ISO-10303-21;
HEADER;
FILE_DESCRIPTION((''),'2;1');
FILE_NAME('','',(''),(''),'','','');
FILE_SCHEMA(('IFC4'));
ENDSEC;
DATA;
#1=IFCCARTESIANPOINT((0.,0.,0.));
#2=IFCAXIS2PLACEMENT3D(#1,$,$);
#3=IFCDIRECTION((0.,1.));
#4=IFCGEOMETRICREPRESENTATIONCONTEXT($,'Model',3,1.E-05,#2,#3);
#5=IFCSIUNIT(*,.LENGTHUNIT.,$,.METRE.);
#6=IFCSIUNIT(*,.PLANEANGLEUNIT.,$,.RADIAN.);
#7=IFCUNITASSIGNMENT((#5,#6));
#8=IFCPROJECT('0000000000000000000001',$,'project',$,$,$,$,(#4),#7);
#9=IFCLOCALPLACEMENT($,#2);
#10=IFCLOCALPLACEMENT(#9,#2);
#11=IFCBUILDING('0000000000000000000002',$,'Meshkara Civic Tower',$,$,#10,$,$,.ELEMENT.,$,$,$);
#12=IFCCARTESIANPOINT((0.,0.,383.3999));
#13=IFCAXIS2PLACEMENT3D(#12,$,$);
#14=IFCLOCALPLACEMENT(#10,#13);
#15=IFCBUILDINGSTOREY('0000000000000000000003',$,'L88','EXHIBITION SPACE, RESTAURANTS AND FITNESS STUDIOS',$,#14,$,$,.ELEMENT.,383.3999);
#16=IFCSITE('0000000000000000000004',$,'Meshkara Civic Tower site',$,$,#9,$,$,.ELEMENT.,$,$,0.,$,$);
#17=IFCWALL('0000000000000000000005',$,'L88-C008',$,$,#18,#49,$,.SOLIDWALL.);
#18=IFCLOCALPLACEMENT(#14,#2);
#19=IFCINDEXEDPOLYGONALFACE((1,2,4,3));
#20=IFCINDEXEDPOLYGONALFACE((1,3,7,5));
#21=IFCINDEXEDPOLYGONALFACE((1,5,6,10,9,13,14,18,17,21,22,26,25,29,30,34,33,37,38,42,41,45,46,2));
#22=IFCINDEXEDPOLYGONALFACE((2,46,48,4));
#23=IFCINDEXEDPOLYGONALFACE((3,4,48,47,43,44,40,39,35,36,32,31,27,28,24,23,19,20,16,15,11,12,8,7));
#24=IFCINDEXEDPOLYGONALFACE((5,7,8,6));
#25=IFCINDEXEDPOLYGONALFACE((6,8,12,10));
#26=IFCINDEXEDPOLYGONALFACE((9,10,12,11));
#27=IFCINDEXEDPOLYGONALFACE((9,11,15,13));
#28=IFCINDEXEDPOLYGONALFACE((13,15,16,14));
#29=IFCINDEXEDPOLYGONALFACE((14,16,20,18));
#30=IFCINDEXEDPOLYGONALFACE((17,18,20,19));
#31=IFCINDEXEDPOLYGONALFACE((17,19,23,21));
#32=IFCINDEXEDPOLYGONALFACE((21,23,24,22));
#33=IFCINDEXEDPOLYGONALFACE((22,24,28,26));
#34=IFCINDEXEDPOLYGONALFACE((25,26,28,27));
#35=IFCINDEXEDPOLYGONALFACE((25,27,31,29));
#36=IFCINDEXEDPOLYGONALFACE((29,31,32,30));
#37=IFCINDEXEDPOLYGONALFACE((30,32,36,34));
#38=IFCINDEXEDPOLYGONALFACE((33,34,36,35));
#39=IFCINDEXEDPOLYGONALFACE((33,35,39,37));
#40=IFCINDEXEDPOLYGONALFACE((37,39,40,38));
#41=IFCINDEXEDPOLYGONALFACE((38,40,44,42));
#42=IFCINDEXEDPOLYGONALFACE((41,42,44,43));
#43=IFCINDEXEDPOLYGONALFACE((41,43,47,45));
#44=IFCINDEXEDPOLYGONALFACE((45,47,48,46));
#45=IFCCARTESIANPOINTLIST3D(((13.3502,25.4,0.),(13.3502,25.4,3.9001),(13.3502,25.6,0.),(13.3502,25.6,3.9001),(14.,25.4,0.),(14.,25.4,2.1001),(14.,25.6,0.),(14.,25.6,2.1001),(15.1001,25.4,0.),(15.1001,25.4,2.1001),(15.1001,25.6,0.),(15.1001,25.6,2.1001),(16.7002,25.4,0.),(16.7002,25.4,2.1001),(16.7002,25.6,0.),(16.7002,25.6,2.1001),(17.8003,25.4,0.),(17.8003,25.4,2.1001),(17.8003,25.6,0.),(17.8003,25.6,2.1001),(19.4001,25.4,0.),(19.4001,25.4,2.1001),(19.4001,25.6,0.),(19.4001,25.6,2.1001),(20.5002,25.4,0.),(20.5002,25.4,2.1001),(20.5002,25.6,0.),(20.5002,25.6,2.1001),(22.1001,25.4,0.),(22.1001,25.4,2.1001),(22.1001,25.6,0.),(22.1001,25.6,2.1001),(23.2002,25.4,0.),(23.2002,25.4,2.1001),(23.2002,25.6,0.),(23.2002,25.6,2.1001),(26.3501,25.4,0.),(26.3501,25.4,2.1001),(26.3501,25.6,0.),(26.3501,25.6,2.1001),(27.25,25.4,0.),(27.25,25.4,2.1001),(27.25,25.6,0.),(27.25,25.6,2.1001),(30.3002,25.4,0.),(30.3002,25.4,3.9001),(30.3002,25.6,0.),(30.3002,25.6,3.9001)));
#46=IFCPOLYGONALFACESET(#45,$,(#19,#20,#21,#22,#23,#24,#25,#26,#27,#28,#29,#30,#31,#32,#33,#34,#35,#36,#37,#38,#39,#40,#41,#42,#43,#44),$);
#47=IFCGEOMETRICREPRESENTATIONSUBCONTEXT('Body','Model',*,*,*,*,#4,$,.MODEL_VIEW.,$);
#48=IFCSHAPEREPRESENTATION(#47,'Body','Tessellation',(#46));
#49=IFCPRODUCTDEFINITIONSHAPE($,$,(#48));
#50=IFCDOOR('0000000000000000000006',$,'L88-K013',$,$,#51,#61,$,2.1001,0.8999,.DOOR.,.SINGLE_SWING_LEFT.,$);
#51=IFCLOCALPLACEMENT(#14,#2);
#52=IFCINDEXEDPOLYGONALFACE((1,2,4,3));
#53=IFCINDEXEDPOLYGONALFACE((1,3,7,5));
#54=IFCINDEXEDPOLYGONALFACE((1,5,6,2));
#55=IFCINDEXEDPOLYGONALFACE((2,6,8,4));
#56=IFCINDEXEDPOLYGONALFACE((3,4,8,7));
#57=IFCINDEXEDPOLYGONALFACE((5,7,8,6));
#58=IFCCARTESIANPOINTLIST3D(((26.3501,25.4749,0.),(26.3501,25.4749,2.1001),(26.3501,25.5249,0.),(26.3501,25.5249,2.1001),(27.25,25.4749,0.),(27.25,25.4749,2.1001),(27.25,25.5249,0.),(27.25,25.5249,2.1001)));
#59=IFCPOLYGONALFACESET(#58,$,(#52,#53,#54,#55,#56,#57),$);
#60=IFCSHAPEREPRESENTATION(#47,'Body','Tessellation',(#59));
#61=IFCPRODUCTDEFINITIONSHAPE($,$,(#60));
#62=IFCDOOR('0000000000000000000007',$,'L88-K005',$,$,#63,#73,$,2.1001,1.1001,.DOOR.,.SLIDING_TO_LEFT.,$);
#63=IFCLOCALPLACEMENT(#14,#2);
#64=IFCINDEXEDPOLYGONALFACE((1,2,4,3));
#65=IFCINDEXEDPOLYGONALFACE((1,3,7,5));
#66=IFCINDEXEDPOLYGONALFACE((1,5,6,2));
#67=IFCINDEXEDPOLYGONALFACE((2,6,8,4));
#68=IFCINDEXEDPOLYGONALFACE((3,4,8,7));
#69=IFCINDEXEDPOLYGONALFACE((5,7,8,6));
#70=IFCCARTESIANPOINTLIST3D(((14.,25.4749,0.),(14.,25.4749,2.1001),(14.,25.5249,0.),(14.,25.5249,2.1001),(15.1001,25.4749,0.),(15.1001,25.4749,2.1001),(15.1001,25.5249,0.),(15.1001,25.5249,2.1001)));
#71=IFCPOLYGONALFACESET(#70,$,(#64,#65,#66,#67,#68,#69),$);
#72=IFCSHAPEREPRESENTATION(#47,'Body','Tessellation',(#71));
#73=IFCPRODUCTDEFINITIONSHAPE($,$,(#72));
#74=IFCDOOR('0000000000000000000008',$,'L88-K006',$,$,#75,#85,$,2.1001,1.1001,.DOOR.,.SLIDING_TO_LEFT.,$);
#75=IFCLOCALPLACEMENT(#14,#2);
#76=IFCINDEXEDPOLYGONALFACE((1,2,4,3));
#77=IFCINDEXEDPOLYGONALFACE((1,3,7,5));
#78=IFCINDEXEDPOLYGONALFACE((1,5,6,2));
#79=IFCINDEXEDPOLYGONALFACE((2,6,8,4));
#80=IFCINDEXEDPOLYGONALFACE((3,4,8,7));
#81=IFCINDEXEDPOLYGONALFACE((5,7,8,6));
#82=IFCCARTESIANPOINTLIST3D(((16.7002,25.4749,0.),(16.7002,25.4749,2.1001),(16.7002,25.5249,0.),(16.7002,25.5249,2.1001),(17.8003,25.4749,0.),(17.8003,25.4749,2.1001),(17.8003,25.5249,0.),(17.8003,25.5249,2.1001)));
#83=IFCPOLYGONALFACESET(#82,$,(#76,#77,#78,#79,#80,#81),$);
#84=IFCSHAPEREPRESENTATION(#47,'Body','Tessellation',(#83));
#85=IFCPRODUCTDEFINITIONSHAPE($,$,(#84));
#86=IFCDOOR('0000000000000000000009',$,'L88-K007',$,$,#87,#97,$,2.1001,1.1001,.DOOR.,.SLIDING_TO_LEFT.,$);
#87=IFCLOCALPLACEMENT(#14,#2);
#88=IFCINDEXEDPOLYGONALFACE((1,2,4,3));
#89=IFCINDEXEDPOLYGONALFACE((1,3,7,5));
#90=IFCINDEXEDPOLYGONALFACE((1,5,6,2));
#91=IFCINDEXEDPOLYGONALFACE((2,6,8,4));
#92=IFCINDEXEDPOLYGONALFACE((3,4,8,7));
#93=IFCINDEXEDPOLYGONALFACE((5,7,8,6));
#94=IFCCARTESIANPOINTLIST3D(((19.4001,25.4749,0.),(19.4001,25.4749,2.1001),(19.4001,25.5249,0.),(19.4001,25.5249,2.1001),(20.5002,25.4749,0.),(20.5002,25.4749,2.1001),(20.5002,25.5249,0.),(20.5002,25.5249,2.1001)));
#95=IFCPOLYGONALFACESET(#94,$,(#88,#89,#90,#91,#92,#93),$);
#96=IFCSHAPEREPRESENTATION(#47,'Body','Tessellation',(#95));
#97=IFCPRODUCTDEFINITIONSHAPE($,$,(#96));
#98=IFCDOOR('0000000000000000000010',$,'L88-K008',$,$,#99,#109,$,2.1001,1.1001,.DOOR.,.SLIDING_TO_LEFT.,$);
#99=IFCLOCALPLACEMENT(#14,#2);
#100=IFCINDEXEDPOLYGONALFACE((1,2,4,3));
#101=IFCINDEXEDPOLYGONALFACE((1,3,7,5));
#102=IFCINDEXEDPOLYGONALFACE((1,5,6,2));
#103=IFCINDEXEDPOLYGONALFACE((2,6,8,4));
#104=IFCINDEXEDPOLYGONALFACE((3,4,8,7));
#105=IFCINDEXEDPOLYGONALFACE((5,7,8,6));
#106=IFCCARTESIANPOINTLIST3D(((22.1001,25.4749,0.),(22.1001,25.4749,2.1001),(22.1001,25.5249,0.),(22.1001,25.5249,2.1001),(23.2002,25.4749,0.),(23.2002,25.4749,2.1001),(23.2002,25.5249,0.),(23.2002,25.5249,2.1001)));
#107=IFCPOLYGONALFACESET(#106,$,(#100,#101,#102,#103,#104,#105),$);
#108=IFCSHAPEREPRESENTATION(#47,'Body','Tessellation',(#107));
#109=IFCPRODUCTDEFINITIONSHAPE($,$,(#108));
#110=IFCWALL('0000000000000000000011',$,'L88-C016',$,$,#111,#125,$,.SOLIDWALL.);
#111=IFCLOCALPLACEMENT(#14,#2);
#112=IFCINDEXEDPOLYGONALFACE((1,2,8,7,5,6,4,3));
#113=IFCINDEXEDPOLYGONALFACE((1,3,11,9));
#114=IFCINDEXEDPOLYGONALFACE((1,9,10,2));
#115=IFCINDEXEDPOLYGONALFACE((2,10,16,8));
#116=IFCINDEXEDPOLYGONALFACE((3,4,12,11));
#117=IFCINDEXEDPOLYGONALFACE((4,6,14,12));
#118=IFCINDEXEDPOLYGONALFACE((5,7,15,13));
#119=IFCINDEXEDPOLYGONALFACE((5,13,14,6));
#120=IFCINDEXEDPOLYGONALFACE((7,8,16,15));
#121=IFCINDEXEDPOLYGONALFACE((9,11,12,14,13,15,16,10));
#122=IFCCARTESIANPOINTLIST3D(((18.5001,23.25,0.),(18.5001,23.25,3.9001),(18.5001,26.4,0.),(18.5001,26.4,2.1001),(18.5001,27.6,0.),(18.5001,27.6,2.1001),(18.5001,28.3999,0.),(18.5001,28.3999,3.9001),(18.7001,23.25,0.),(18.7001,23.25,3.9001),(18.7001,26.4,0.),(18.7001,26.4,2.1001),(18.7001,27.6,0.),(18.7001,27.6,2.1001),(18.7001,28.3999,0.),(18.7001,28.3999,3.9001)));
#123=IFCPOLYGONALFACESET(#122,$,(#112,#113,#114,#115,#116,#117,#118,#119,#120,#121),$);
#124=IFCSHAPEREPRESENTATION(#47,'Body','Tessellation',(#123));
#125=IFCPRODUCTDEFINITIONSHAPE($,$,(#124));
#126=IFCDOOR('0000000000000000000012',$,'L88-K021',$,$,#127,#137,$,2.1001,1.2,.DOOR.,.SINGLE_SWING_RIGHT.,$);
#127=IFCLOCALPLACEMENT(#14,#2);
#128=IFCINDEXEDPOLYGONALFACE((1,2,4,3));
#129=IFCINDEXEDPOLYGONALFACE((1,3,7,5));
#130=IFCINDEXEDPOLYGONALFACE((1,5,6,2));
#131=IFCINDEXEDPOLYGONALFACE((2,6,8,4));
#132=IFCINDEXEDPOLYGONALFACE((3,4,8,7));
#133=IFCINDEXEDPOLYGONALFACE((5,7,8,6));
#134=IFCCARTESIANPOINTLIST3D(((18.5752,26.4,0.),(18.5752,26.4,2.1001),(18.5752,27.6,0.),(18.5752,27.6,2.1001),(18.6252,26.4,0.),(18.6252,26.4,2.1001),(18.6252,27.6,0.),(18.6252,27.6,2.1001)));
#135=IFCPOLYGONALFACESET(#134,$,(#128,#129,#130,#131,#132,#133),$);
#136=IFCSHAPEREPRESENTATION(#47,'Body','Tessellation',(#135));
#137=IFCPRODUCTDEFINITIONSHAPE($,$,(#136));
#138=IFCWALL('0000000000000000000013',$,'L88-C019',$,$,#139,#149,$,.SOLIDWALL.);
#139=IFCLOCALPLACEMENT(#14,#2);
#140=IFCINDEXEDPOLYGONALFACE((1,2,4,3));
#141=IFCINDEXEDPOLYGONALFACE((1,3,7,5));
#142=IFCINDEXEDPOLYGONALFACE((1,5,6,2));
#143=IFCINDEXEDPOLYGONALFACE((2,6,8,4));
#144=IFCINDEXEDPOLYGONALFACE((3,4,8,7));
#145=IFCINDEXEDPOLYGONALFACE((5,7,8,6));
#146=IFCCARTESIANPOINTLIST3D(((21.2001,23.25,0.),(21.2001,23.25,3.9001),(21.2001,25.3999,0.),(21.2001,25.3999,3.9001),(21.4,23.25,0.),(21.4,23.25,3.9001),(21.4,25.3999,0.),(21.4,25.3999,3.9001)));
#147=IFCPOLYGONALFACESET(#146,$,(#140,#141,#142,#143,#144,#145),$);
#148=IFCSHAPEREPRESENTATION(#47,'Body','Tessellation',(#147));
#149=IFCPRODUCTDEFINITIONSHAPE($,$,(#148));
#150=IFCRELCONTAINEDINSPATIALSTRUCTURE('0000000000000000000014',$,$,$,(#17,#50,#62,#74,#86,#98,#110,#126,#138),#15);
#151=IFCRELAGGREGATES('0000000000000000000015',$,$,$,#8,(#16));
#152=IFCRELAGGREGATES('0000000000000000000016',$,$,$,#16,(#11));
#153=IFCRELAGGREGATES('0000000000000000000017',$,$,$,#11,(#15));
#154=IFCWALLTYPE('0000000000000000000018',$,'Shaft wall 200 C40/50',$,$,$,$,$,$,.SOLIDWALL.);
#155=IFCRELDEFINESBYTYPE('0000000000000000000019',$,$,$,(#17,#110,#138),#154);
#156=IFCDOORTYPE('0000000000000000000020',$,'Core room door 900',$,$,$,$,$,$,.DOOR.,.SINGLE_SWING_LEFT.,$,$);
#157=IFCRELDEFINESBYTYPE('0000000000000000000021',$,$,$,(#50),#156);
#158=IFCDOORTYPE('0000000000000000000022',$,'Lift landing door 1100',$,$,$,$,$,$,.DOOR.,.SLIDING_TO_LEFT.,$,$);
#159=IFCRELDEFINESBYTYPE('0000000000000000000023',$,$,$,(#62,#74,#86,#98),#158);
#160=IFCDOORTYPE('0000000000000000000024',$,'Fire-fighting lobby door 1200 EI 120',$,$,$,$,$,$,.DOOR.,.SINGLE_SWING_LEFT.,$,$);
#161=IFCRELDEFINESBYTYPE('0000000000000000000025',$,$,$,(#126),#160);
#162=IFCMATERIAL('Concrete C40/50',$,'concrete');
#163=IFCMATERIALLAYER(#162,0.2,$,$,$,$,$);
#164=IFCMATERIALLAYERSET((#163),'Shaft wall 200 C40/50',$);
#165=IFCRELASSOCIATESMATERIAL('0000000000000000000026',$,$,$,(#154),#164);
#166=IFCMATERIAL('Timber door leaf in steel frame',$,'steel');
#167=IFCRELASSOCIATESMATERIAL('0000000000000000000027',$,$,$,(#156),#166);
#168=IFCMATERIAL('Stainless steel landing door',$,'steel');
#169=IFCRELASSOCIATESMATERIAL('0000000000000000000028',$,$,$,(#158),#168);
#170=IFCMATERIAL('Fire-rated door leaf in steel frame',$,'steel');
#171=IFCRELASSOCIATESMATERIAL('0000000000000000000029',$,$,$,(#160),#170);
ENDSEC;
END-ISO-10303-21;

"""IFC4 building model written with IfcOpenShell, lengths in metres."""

from ifc_helpers import new_model, si_unit, direction, frame, frame_2d, origin, place, context, subcontext, project, spatial, rectangle, extrude, material, layer, layer_set, type_object, element, fill, save


model = new_model("IFC4")

# Units and contexts
model_context = context("Model", 3, precision=1e-05, world=origin(), true_north=direction((0.0, 1.0)))
body_context = subcontext(model_context, "Body", "Model", "MODEL_VIEW")
ifc_project = project(units=[si_unit("LENGTHUNIT", "METRE"), si_unit("PLANEANGLEUNIT", "RADIAN")], contexts=[model_context])

# Site, building, storey
site_placement = place(None, origin())
site = spatial("IfcSite", under=ifc_project, at=site_placement, Name="Meshkara Civic Tower site", CompositionType="ELEMENT", RefElevation=0.0)
building_placement = place(site_placement, origin())
building = spatial("IfcBuilding", under=site, at=building_placement, Name="Meshkara Civic Tower", CompositionType="ELEMENT")
storey_placement = place(building_placement, frame((0.0, 0.0, 383.3999)))
storey = spatial("IfcBuildingStorey", under=building, at=storey_placement, Name="L88", Description="EXHIBITION SPACE, RESTAURANTS AND FITNESS STUDIOS", CompositionType="ELEMENT", Elevation=383.3999)

# Wall, openings, doors
ifc_material_1 = material(Name="Concrete C40/50", Category="concrete")
ifc_layer_1 = layer(ifc_material_1, 0.2)
ifc_layer_set_1 = layer_set([ifc_layer_1], Name="Shaft wall 200 C40/50")
wall_type_1 = type_object("IfcWallType", Name="Shaft wall 200 C40/50", PredefinedType="SOLIDWALL", material=ifc_layer_set_1)
wall_1_placement = place(storey_placement, frame((13.3501, 25.5, 0.0), z_axis=(0.0, 0.0, 1.0), x_axis=(1.0, 0.0, 0.0)))
wall_1 = element("IfcWall", 1, at=wall_1_placement, inside=storey, type_object=wall_type_1, Name="L88-C008", PredefinedType="SOLIDWALL", context=body_context, shape_type="SweptSolid", body=[
    extrude(rectangle(XDim=16.95, YDim=0.2, at=frame_2d((8.4751, 0.0))), origin(), (0.0, 0.0, 1.0), 3.9001),
])
opening_1_placement = place(wall_1_placement, frame((0.6499, 0.0, 0.0)))
opening_1 = element("IfcOpeningElement", 2, at=opening_1_placement, cuts=wall_1, PredefinedType="OPENING", context=body_context, shape_type="SweptSolid", body=[
    extrude(rectangle(XDim=1.1001, YDim=2.1001, at=frame_2d((0.55, 1.05))), frame((0.0, 0.1099, 0.0), z_axis=(0.0, -1.0, 0.0), x_axis=(1.0, 0.0, 0.0)), (0.0, 0.0, 1.0), 0.22),
])
opening_2_placement = place(wall_1_placement, frame((3.3501, 0.0, 0.0)))
opening_2 = element("IfcOpeningElement", 3, at=opening_2_placement, cuts=wall_1, PredefinedType="OPENING", context=body_context, shape_type="SweptSolid", body=[
    extrude(rectangle(XDim=1.1001, YDim=2.1001, at=frame_2d((0.55, 1.05))), frame((0.0, 0.1099, 0.0), z_axis=(0.0, -1.0, 0.0), x_axis=(1.0, 0.0, 0.0)), (0.0, 0.0, 1.0), 0.22),
])
opening_3_placement = place(wall_1_placement, frame((6.05, 0.0, 0.0)))
opening_3 = element("IfcOpeningElement", 4, at=opening_3_placement, cuts=wall_1, PredefinedType="OPENING", context=body_context, shape_type="SweptSolid", body=[
    extrude(rectangle(XDim=1.1001, YDim=2.1001, at=frame_2d((0.55, 1.05))), frame((0.0, 0.1099, 0.0), z_axis=(0.0, -1.0, 0.0), x_axis=(1.0, 0.0, 0.0)), (0.0, 0.0, 1.0), 0.22),
])
opening_4_placement = place(wall_1_placement, frame((8.75, 0.0, 0.0)))
opening_4 = element("IfcOpeningElement", 5, at=opening_4_placement, cuts=wall_1, PredefinedType="OPENING", context=body_context, shape_type="SweptSolid", body=[
    extrude(rectangle(XDim=1.1001, YDim=2.1001, at=frame_2d((0.55, 1.05))), frame((0.0, 0.1099, 0.0), z_axis=(0.0, -1.0, 0.0), x_axis=(1.0, 0.0, 0.0)), (0.0, 0.0, 1.0), 0.22),
])
opening_5_placement = place(wall_1_placement, frame((13.0, 0.0, 0.0)))
opening_5 = element("IfcOpeningElement", 6, at=opening_5_placement, cuts=wall_1, PredefinedType="OPENING", context=body_context, shape_type="SweptSolid", body=[
    extrude(rectangle(XDim=0.8999, YDim=2.1001, at=frame_2d((0.45, 1.05))), frame((0.0, 0.1099, 0.0), z_axis=(0.0, -1.0, 0.0), x_axis=(1.0, 0.0, 0.0)), (0.0, 0.0, 1.0), 0.22),
])
ifc_material_2 = material(Name="Timber door leaf in steel frame", Category="steel")
door_type_1 = type_object("IfcDoorType", Name="Core room door 900", OperationType="SINGLE_SWING_LEFT", PredefinedType="DOOR", material=ifc_material_2)
door_1_placement = place(opening_5_placement, origin())
door_1 = element("IfcDoor", 7, at=door_1_placement, inside=storey, type_object=door_type_1, Name="L88-K013", OperationType="SINGLE_SWING_LEFT", OverallHeight=2.1001, OverallWidth=0.8999, PredefinedType="DOOR", context=body_context, shape_type="SweptSolid", body=[
    extrude(rectangle(XDim=0.8999, YDim=2.1001, at=frame_2d((0.45, 1.05))), frame((0.0, 0.0249, 0.0), z_axis=(0.0, -1.0, 0.0), x_axis=(1.0, 0.0, 0.0)), (0.0, 0.0, 1.0), 0.05),
])
fill(opening_5, door_1)
ifc_material_3 = material(Name="Stainless steel landing door", Category="steel")
door_type_2 = type_object("IfcDoorType", Name="Lift landing door 1100", OperationType="SLIDING_TO_LEFT", PredefinedType="DOOR", material=ifc_material_3)
door_2_placement = place(opening_1_placement, origin())
door_2 = element("IfcDoor", 8, at=door_2_placement, inside=storey, type_object=door_type_2, Name="L88-K005", OperationType="SLIDING_TO_LEFT", OverallHeight=2.1001, OverallWidth=1.1001, PredefinedType="DOOR", context=body_context, shape_type="SweptSolid", body=[
    extrude(rectangle(XDim=1.1001, YDim=2.1001, at=frame_2d((0.55, 1.05))), frame((0.0, 0.0249, 0.0), z_axis=(0.0, -1.0, 0.0), x_axis=(1.0, 0.0, 0.0)), (0.0, 0.0, 1.0), 0.05),
])
fill(opening_1, door_2)
door_3_placement = place(opening_2_placement, origin())
door_3 = element("IfcDoor", 9, at=door_3_placement, inside=storey, type_object=door_type_2, Name="L88-K006", OperationType="SLIDING_TO_LEFT", OverallHeight=2.1001, OverallWidth=1.1001, PredefinedType="DOOR", context=body_context, shape_type="SweptSolid", body=[
    extrude(rectangle(XDim=1.1001, YDim=2.1001, at=frame_2d((0.55, 1.05))), frame((0.0, 0.0249, 0.0), z_axis=(0.0, -1.0, 0.0), x_axis=(1.0, 0.0, 0.0)), (0.0, 0.0, 1.0), 0.05),
])
fill(opening_2, door_3)
door_4_placement = place(opening_3_placement, origin())
door_4 = element("IfcDoor", 10, at=door_4_placement, inside=storey, type_object=door_type_2, Name="L88-K007", OperationType="SLIDING_TO_LEFT", OverallHeight=2.1001, OverallWidth=1.1001, PredefinedType="DOOR", context=body_context, shape_type="SweptSolid", body=[
    extrude(rectangle(XDim=1.1001, YDim=2.1001, at=frame_2d((0.55, 1.05))), frame((0.0, 0.0249, 0.0), z_axis=(0.0, -1.0, 0.0), x_axis=(1.0, 0.0, 0.0)), (0.0, 0.0, 1.0), 0.05),
])
fill(opening_3, door_4)
door_5_placement = place(opening_4_placement, origin())
door_5 = element("IfcDoor", 11, at=door_5_placement, inside=storey, type_object=door_type_2, Name="L88-K008", OperationType="SLIDING_TO_LEFT", OverallHeight=2.1001, OverallWidth=1.1001, PredefinedType="DOOR", context=body_context, shape_type="SweptSolid", body=[
    extrude(rectangle(XDim=1.1001, YDim=2.1001, at=frame_2d((0.55, 1.05))), frame((0.0, 0.0249, 0.0), z_axis=(0.0, -1.0, 0.0), x_axis=(1.0, 0.0, 0.0)), (0.0, 0.0, 1.0), 0.05),
])
fill(opening_4, door_5)

# Wall, opening, door
wall_2_placement = place(storey_placement, frame((18.6001, 23.25, 0.0), z_axis=(0.0, 0.0, 1.0), x_axis=(0.0, 1.0, 0.0)))
wall_2 = element("IfcWall", 12, at=wall_2_placement, inside=storey, type_object=wall_type_1, Name="L88-C016", PredefinedType="SOLIDWALL", context=body_context, shape_type="SweptSolid", body=[
    extrude(rectangle(XDim=5.1499, YDim=0.2, at=frame_2d((2.575, 0.0))), origin(), (0.0, 0.0, 1.0), 3.9001),
])
opening_6_placement = place(wall_2_placement, frame((3.1499, 0.0, 0.0)))
opening_6 = element("IfcOpeningElement", 13, at=opening_6_placement, cuts=wall_2, PredefinedType="OPENING", context=body_context, shape_type="SweptSolid", body=[
    extrude(rectangle(XDim=1.2, YDim=2.1001, at=frame_2d((0.6001, 1.05))), frame((0.0, 0.1099, 0.0), z_axis=(0.0, -1.0, 0.0), x_axis=(1.0, 0.0, 0.0)), (0.0, 0.0, 1.0), 0.22),
])
ifc_material_4 = material(Name="Fire-rated door leaf in steel frame", Category="steel")
door_type_3 = type_object("IfcDoorType", Name="Fire-fighting lobby door 1200 EI 120", OperationType="SINGLE_SWING_LEFT", PredefinedType="DOOR", material=ifc_material_4)
door_6_placement = place(opening_6_placement, origin())
door_6 = element("IfcDoor", 14, at=door_6_placement, inside=storey, type_object=door_type_3, Name="L88-K021", OperationType="SINGLE_SWING_RIGHT", OverallHeight=2.1001, OverallWidth=1.2, PredefinedType="DOOR", context=body_context, shape_type="SweptSolid", body=[
    extrude(rectangle(XDim=1.2, YDim=2.1001, at=frame_2d((0.6001, 1.05))), frame((0.0, 0.0249, 0.0), z_axis=(0.0, -1.0, 0.0), x_axis=(1.0, 0.0, 0.0)), (0.0, 0.0, 1.0), 0.05),
])
fill(opening_6, door_6)

# Wall
wall_3_placement = place(storey_placement, frame((21.3, 23.25, 0.0), z_axis=(0.0, 0.0, 1.0), x_axis=(0.0, 1.0, 0.0)))
element("IfcWall", 15, at=wall_3_placement, inside=storey, type_object=wall_type_1, Name="L88-C019", PredefinedType="SOLIDWALL", context=body_context, shape_type="SweptSolid", body=[
    extrude(rectangle(XDim=2.1499, YDim=0.2, at=frame_2d((1.075, 0.0))), origin(), (0.0, 0.0, 1.0), 3.9001),
])

save(model, "model.ifc")
